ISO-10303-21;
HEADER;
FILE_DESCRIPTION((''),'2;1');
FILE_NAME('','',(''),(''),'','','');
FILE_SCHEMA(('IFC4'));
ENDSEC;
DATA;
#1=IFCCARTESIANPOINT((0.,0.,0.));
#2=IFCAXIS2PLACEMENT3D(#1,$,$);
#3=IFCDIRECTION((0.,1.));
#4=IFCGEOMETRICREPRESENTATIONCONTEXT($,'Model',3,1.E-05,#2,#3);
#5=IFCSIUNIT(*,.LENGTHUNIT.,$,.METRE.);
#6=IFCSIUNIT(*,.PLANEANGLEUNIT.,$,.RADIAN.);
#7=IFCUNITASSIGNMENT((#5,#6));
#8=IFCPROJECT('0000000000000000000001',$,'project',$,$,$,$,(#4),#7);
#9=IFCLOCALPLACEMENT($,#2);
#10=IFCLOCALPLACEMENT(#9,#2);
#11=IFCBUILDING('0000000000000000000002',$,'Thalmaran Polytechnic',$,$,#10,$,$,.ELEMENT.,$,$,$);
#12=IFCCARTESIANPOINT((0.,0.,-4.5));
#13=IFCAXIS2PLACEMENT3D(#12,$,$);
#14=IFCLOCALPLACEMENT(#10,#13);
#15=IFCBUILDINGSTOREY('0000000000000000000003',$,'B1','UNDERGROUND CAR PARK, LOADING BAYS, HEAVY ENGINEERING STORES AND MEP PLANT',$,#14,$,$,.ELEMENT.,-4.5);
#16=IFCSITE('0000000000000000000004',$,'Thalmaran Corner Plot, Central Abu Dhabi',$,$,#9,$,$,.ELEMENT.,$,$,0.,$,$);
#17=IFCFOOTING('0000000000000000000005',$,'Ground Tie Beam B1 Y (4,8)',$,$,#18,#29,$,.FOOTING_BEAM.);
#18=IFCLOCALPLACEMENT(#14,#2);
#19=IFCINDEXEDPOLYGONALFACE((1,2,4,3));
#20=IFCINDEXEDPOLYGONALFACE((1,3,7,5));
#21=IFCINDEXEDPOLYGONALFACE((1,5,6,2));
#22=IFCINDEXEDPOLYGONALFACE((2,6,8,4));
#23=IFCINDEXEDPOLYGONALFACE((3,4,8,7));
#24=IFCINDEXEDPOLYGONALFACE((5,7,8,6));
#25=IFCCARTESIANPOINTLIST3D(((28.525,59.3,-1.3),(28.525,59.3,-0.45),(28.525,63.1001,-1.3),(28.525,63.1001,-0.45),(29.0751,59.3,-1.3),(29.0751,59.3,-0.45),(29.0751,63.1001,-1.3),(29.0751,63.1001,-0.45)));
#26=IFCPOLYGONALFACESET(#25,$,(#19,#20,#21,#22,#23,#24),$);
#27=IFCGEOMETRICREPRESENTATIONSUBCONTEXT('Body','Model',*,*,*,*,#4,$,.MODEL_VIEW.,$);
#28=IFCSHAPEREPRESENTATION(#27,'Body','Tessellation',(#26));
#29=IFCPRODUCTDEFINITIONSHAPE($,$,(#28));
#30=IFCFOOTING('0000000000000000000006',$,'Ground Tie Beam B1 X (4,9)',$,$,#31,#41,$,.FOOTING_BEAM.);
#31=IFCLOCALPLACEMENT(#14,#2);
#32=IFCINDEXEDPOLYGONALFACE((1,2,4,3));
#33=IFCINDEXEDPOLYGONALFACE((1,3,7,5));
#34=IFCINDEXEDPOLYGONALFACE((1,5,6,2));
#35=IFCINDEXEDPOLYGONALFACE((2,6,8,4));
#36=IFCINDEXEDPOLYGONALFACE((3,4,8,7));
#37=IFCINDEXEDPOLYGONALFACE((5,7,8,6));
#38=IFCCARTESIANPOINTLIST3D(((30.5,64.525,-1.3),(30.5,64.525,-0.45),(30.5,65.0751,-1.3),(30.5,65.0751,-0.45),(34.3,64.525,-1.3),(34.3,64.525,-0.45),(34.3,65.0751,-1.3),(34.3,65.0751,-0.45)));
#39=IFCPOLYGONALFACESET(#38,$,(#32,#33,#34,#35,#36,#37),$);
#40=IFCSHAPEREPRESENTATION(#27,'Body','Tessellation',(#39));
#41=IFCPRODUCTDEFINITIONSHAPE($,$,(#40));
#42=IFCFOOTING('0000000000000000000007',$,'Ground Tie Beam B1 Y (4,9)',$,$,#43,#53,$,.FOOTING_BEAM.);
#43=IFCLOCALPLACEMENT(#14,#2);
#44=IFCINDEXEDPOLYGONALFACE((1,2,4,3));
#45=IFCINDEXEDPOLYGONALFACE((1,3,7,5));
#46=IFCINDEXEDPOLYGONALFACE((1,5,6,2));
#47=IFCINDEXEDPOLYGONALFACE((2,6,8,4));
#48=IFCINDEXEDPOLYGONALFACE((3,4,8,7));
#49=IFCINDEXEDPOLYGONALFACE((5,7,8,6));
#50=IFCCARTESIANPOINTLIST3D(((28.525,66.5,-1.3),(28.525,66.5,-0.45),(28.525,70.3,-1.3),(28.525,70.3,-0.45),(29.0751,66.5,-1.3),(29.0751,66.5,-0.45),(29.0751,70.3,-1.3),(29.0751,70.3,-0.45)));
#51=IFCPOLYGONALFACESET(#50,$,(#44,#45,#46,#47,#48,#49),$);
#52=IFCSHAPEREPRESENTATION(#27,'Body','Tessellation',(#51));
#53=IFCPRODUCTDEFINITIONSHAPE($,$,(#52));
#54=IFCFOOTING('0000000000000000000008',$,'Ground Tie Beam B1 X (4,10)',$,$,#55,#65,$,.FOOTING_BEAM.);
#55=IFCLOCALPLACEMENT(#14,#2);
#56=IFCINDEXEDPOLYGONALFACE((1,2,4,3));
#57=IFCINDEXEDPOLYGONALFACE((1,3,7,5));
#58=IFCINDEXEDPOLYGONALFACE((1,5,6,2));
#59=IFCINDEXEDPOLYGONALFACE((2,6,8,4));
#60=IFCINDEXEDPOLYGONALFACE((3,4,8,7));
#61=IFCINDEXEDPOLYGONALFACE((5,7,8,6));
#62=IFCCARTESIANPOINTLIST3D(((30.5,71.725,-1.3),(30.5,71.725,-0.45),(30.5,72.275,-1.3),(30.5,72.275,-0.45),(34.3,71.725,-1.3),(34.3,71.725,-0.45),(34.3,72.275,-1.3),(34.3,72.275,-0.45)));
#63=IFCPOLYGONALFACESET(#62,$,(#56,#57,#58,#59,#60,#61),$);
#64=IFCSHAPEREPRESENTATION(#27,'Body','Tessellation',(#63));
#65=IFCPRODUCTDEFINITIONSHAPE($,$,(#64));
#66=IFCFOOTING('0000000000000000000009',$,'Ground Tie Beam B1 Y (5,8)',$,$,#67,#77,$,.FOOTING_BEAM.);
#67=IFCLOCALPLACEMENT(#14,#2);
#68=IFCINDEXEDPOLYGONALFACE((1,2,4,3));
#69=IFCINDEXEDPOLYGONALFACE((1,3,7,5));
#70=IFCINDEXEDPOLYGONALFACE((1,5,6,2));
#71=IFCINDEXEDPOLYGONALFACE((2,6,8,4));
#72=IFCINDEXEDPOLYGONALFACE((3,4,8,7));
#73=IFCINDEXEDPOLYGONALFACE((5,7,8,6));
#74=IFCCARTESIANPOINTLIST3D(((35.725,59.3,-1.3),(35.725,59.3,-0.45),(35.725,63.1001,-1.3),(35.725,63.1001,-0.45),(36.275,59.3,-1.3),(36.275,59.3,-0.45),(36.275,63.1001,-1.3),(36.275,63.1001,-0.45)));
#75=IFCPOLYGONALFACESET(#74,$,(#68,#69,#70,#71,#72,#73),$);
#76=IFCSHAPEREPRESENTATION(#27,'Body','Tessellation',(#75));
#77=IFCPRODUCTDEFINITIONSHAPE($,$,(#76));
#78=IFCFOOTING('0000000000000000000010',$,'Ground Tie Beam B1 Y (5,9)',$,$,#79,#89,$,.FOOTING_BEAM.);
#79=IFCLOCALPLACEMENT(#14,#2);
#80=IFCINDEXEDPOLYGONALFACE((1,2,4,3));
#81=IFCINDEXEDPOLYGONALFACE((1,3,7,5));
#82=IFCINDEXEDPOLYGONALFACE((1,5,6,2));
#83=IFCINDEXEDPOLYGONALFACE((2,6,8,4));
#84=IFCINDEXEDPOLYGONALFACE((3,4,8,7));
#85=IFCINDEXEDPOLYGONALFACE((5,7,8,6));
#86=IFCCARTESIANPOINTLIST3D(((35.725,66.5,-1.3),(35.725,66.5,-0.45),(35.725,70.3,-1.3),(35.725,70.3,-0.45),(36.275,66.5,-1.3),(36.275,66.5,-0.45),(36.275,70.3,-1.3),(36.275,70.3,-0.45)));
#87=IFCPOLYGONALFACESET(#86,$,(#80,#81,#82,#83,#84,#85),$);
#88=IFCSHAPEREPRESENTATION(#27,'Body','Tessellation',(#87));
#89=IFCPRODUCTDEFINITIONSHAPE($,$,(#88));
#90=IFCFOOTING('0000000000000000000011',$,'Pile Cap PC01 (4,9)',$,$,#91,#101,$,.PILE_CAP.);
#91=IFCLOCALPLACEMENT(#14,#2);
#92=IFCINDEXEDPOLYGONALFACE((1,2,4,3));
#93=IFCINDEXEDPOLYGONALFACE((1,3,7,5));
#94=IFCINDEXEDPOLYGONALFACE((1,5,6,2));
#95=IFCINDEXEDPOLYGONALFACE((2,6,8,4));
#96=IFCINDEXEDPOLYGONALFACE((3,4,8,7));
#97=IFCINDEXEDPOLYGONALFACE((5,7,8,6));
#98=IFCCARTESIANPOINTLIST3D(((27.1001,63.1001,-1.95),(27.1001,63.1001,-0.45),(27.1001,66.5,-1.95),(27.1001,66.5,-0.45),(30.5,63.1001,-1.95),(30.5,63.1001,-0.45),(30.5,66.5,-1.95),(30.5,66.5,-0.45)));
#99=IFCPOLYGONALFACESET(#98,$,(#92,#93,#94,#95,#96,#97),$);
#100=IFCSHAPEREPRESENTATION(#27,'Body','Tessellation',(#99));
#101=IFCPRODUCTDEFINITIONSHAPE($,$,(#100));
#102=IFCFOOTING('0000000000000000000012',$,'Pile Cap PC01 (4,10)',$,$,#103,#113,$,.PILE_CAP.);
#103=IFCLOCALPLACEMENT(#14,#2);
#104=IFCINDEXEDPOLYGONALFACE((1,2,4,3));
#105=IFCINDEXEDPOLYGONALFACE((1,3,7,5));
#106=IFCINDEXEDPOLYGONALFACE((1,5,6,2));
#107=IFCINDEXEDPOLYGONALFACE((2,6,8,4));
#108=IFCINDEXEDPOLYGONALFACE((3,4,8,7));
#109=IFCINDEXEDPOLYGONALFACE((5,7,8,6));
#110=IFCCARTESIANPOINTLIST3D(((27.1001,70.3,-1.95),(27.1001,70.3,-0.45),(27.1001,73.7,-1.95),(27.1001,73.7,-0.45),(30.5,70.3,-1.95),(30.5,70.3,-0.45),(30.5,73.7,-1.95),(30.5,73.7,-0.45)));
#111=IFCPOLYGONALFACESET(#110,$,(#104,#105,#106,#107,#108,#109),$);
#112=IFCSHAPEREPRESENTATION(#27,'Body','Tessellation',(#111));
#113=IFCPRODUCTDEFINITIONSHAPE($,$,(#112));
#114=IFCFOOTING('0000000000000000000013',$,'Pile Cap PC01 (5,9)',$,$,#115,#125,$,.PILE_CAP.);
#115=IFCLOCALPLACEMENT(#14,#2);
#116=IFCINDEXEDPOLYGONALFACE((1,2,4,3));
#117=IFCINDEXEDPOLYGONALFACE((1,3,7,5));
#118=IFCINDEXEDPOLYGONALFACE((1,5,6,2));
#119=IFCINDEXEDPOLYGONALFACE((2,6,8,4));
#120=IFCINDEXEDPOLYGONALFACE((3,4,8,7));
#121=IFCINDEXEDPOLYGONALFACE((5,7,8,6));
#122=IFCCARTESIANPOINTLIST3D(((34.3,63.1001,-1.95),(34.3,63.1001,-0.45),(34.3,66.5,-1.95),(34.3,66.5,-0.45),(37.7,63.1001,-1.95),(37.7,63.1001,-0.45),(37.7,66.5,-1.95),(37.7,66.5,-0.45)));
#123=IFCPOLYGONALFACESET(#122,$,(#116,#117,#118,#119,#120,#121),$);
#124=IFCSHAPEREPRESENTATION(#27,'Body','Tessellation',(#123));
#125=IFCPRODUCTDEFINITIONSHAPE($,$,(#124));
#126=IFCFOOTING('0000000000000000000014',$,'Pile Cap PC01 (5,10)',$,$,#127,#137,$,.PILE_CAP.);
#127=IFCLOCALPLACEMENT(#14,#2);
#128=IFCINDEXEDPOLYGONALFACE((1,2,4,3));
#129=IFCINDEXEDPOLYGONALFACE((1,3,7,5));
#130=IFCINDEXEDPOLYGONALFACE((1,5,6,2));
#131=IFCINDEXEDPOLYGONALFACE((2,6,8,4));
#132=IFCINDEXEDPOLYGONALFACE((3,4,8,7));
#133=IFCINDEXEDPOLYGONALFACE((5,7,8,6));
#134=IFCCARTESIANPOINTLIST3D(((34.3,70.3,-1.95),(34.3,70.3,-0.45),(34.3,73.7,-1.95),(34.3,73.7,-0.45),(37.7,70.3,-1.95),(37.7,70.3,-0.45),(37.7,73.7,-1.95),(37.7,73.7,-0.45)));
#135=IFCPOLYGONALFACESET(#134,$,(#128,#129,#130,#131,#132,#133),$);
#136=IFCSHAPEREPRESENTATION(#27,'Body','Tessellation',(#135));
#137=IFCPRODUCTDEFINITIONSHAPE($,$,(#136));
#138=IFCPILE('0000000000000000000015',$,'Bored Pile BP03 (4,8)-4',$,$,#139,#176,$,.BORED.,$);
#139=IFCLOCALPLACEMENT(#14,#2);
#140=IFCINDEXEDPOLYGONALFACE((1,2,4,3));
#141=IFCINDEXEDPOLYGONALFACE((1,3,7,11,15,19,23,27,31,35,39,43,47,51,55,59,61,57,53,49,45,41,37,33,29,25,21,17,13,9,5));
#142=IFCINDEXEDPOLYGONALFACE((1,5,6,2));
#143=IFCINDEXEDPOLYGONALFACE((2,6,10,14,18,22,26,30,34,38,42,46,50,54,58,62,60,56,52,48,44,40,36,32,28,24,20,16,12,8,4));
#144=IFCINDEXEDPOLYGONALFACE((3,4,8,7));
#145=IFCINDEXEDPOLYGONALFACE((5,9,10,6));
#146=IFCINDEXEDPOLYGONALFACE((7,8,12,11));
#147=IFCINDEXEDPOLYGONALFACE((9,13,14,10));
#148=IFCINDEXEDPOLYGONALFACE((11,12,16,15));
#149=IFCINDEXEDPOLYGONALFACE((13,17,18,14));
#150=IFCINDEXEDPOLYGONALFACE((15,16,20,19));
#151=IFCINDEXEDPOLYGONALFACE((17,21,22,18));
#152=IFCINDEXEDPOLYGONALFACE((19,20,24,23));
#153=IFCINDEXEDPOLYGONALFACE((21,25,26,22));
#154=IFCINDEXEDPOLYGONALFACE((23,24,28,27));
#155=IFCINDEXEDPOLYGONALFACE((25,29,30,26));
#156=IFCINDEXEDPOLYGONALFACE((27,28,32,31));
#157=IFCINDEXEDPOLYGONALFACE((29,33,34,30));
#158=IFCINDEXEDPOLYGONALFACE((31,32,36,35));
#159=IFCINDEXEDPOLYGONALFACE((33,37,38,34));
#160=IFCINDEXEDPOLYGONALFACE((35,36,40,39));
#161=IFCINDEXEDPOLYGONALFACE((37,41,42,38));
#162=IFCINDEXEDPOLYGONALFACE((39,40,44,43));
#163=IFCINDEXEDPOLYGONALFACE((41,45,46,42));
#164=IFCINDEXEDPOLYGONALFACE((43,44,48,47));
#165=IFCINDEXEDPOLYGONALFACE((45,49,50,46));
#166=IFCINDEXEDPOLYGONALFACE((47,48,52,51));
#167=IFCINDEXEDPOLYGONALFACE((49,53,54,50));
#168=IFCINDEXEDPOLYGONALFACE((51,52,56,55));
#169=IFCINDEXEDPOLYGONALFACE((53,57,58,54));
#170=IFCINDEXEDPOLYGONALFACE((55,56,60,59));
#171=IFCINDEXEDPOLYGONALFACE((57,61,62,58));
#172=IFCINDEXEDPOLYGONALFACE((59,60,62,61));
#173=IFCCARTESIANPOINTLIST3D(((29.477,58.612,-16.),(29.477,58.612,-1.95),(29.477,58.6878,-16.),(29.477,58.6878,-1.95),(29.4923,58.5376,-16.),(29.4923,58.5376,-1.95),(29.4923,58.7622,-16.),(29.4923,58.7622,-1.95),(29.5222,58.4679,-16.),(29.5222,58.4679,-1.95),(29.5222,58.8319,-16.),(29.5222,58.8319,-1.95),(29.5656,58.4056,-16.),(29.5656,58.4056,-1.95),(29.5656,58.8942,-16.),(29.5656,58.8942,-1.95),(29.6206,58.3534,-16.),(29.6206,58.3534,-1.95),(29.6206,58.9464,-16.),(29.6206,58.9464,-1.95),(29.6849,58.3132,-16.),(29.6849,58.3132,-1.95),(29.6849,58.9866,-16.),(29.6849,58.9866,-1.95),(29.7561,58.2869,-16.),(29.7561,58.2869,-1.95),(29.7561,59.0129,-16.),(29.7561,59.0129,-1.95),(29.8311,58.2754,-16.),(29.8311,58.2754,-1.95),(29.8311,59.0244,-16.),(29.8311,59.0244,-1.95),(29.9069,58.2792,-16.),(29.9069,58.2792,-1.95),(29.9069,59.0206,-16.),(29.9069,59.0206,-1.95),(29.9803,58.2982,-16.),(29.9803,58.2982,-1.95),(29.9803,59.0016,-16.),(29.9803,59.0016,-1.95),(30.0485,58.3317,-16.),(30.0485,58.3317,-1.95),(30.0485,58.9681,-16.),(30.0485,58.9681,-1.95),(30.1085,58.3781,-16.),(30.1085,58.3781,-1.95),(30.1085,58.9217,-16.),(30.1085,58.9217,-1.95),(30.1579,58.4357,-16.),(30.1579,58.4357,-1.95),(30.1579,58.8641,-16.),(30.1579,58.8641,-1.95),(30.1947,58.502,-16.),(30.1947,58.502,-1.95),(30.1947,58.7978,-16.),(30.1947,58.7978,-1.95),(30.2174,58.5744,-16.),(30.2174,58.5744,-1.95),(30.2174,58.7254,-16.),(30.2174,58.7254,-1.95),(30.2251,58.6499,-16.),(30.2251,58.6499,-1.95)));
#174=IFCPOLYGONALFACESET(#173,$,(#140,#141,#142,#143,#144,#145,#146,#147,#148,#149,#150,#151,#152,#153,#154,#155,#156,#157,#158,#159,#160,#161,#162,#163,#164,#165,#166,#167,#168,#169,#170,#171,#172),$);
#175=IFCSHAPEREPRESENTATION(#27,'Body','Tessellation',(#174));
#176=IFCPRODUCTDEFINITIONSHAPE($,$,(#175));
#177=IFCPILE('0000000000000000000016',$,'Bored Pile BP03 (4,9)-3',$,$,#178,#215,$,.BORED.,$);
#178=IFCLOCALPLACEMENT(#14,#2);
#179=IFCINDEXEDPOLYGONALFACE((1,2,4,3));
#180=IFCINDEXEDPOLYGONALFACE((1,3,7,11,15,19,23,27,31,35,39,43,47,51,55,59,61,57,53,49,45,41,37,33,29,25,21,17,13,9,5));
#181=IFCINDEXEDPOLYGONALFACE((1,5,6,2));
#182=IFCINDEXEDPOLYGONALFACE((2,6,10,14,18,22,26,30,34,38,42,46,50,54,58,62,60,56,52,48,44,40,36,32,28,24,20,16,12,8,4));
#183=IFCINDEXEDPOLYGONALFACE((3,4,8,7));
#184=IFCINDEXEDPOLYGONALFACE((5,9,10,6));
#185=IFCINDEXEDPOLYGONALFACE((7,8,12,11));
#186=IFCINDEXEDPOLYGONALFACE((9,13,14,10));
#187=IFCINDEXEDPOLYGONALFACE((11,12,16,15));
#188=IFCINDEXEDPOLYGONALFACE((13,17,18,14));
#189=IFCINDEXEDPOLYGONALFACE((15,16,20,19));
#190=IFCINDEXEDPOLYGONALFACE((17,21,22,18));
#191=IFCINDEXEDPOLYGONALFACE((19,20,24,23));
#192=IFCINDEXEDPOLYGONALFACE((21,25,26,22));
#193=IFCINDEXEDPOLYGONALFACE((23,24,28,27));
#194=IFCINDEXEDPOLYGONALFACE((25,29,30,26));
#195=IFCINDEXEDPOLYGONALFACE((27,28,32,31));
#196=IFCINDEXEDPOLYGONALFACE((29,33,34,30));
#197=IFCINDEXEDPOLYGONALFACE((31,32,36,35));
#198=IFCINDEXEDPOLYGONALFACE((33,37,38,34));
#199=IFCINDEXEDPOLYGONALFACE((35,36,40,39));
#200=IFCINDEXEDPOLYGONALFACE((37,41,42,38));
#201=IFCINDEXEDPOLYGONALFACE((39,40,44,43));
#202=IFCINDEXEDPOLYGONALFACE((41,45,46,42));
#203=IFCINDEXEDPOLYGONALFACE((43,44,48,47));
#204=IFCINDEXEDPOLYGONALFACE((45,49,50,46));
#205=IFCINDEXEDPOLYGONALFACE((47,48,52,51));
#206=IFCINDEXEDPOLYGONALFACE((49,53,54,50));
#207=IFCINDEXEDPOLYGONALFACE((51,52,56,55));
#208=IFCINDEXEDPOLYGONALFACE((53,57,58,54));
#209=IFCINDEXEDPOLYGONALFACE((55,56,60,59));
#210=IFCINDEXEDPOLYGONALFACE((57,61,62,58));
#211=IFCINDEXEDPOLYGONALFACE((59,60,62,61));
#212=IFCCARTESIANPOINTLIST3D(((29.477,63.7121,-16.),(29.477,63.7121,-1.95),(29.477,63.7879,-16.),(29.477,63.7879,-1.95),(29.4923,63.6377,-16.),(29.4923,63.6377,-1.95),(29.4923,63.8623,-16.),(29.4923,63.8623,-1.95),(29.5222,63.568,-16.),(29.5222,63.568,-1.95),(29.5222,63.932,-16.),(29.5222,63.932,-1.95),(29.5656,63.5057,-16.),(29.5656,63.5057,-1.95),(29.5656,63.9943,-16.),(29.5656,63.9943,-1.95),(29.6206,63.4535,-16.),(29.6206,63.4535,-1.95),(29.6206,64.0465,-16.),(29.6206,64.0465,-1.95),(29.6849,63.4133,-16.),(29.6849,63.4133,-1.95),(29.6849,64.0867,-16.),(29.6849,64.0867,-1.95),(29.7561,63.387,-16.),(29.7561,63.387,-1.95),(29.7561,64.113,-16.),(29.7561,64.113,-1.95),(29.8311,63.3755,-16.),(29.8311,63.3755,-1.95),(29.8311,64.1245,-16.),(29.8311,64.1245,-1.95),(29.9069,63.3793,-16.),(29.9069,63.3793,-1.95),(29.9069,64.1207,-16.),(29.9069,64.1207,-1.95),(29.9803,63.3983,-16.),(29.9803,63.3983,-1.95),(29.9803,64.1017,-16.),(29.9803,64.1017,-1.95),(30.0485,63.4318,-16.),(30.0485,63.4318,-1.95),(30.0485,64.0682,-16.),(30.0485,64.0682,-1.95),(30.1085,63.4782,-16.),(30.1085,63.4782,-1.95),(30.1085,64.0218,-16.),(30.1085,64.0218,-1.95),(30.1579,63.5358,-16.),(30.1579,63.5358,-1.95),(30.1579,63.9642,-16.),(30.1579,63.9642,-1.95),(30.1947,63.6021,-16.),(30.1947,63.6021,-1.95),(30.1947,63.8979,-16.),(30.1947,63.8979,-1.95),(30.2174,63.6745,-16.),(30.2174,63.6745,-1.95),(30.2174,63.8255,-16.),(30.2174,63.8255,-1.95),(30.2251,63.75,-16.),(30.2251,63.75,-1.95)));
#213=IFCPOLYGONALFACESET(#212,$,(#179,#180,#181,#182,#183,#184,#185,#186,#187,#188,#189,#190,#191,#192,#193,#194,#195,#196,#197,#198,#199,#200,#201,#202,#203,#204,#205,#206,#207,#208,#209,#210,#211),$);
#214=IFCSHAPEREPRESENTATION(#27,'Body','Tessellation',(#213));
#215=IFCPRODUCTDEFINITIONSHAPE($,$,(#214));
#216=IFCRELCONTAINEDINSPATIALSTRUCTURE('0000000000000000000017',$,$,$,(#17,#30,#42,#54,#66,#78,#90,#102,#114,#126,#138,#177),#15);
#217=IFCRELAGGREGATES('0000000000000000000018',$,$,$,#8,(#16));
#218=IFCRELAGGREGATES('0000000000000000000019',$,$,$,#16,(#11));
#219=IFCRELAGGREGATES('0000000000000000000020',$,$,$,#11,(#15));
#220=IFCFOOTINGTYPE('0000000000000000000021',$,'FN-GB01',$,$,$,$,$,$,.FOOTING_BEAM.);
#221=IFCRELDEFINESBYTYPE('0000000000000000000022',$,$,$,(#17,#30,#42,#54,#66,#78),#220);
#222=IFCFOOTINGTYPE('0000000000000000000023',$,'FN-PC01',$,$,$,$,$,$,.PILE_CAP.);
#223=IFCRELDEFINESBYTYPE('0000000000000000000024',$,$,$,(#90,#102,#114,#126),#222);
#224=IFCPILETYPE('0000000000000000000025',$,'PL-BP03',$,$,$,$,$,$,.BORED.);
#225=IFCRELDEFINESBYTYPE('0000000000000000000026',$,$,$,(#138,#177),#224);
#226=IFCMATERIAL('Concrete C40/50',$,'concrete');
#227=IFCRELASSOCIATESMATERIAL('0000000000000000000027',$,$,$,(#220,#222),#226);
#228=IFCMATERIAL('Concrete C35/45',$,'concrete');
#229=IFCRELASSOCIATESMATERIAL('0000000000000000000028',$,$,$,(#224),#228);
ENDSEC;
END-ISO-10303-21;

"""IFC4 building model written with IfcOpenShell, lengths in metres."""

from ifc_helpers import new_model, si_unit, direction, frame, origin, origin_2d, place, context, subcontext, project, spatial, rectangle, circle, extrude, material, material_profile, profile_set, type_object, element, save


model = new_model("IFC4")

# Units and contexts
model_context = context("Model", 3, precision=1e-05, world=origin(), true_north=direction((0.0, 1.0)))
body_context = subcontext(model_context, "Body", "Model", "MODEL_VIEW")
ifc_project = project(units=[si_unit("LENGTHUNIT", "METRE"), si_unit("PLANEANGLEUNIT", "RADIAN")], contexts=[model_context])

# Site, building, storey
site_placement = place(None, origin())
site = spatial("IfcSite", under=ifc_project, at=site_placement, Name="Thalmaran Corner Plot, Central Abu Dhabi", CompositionType="ELEMENT", RefElevation=0.0)
building_placement = place(site_placement, origin())
building = spatial("IfcBuilding", under=site, at=building_placement, Name="Thalmaran Polytechnic", CompositionType="ELEMENT")
storey_placement = place(building_placement, frame((0.0, 0.0, -4.5)))
storey = spatial("IfcBuildingStorey", under=building, at=storey_placement, Name="B1", Description="UNDERGROUND CAR PARK, LOADING BAYS, HEAVY ENGINEERING STORES AND MEP PLANT", CompositionType="ELEMENT", Elevation=-4.5)

# Footings
ifc_material_1 = material(Name="Concrete C40/50", Category="concrete")
ifc_material_profile_1 = material_profile(ifc_material_1, rectangle(XDim=0.55, YDim=0.8501, at=origin_2d()), Name="RC 550x850")
ifc_profile_set_1 = profile_set([ifc_material_profile_1], Name="Concrete C40/50")
footing_type_1 = type_object("IfcFootingType", Name="FN-GB01", PredefinedType="FOOTING_BEAM", material=ifc_profile_set_1)
for number, where, z_axis, x_axis, name in (
    (1, (28.8, 59.3, -0.875), (0.0, 1.0, 0.0), (-1.0, 0.0, 0.0), "Ground Tie Beam B1 Y (4,8)"),
    (2, (30.5, 64.8, -0.875), (1.0, 0.0, 0.0), (0.0, 1.0, 0.0), "Ground Tie Beam B1 X (4,9)"),
    (3, (28.8, 66.5, -0.875), (0.0, 1.0, 0.0), (-1.0, 0.0, 0.0), "Ground Tie Beam B1 Y (4,9)"),
    (4, (30.5, 72.0, -0.875), (1.0, 0.0, 0.0), (0.0, 1.0, 0.0), "Ground Tie Beam B1 X (4,10)"),
    (5, (36.0, 59.3, -0.875), (0.0, 1.0, 0.0), (-1.0, 0.0, 0.0), "Ground Tie Beam B1 Y (5,8)"),
    (6, (36.0, 66.5, -0.875), (0.0, 1.0, 0.0), (-1.0, 0.0, 0.0), "Ground Tie Beam B1 Y (5,9)"),
):
    element("IfcFooting", number, at=place(storey_placement, frame(where, z_axis=z_axis, x_axis=x_axis)), inside=storey, type_object=footing_type_1, Name=name, PredefinedType="FOOTING_BEAM", context=body_context, shape_type="SweptSolid", body=[
        extrude(rectangle(XDim=0.55, YDim=0.8501, at=origin_2d()), origin(), (0.0, 0.0, 1.0), 3.8),
    ])
footing_type_2 = type_object("IfcFootingType", Name="FN-PC01", PredefinedType="PILE_CAP", material=ifc_material_1)
for number, where, z_axis, x_axis, name in (
    (7, (28.8, 64.8, -1.95), (0.0, 0.0, 1.0), (1.0, 0.0, 0.0), "Pile Cap PC01 (4,9)"),
    (8, (28.8, 72.0, -1.95), (0.0, 0.0, 1.0), (1.0, 0.0, 0.0), "Pile Cap PC01 (4,10)"),
    (9, (36.0, 64.8, -1.95), (0.0, 0.0, 1.0), (1.0, 0.0, 0.0), "Pile Cap PC01 (5,9)"),
    (10, (36.0, 72.0, -1.95), (0.0, 0.0, 1.0), (1.0, 0.0, 0.0), "Pile Cap PC01 (5,10)"),
):
    element("IfcFooting", number, at=place(storey_placement, frame(where, z_axis=z_axis, x_axis=x_axis)), inside=storey, type_object=footing_type_2, Name=name, PredefinedType="PILE_CAP", context=body_context, shape_type="SweptSolid", body=[
        extrude(rectangle(XDim=3.3999, YDim=3.3999, at=origin_2d()), origin(), (0.0, 0.0, 1.0), 1.5),
    ])

# Piles
ifc_material_2 = material(Name="Concrete C35/45", Category="concrete")
ifc_material_profile_2 = material_profile(ifc_material_2, circle(Radius=0.375, at=origin_2d()), Name="RC 750 DIA")
ifc_profile_set_2 = profile_set([ifc_material_profile_2], Name="Concrete C35/45")
pile_type = type_object("IfcPileType", Name="PL-BP03", PredefinedType="BORED", material=ifc_profile_set_2)
for number, where, z_axis, x_axis, name in (
    (11, (29.8501, 58.6499, -1.95), (0.0, 0.0, -1.0), (1.0, 0.0, 0.0), "Bored Pile BP03 (4,8)-4"),
    (12, (29.8501, 63.75, -1.95), (0.0, 0.0, -1.0), (1.0, 0.0, 0.0), "Bored Pile BP03 (4,9)-3"),
):
    element("IfcPile", number, at=place(storey_placement, frame(where, z_axis=z_axis, x_axis=x_axis)), inside=storey, type_object=pile_type, Name=name, PredefinedType="BORED", context=body_context, shape_type="SweptSolid", body=[
        extrude(circle(Radius=0.375, at=origin_2d()), origin(), (0.0, 0.0, 1.0), 14.05),
    ])

save(model, "model.ifc")
